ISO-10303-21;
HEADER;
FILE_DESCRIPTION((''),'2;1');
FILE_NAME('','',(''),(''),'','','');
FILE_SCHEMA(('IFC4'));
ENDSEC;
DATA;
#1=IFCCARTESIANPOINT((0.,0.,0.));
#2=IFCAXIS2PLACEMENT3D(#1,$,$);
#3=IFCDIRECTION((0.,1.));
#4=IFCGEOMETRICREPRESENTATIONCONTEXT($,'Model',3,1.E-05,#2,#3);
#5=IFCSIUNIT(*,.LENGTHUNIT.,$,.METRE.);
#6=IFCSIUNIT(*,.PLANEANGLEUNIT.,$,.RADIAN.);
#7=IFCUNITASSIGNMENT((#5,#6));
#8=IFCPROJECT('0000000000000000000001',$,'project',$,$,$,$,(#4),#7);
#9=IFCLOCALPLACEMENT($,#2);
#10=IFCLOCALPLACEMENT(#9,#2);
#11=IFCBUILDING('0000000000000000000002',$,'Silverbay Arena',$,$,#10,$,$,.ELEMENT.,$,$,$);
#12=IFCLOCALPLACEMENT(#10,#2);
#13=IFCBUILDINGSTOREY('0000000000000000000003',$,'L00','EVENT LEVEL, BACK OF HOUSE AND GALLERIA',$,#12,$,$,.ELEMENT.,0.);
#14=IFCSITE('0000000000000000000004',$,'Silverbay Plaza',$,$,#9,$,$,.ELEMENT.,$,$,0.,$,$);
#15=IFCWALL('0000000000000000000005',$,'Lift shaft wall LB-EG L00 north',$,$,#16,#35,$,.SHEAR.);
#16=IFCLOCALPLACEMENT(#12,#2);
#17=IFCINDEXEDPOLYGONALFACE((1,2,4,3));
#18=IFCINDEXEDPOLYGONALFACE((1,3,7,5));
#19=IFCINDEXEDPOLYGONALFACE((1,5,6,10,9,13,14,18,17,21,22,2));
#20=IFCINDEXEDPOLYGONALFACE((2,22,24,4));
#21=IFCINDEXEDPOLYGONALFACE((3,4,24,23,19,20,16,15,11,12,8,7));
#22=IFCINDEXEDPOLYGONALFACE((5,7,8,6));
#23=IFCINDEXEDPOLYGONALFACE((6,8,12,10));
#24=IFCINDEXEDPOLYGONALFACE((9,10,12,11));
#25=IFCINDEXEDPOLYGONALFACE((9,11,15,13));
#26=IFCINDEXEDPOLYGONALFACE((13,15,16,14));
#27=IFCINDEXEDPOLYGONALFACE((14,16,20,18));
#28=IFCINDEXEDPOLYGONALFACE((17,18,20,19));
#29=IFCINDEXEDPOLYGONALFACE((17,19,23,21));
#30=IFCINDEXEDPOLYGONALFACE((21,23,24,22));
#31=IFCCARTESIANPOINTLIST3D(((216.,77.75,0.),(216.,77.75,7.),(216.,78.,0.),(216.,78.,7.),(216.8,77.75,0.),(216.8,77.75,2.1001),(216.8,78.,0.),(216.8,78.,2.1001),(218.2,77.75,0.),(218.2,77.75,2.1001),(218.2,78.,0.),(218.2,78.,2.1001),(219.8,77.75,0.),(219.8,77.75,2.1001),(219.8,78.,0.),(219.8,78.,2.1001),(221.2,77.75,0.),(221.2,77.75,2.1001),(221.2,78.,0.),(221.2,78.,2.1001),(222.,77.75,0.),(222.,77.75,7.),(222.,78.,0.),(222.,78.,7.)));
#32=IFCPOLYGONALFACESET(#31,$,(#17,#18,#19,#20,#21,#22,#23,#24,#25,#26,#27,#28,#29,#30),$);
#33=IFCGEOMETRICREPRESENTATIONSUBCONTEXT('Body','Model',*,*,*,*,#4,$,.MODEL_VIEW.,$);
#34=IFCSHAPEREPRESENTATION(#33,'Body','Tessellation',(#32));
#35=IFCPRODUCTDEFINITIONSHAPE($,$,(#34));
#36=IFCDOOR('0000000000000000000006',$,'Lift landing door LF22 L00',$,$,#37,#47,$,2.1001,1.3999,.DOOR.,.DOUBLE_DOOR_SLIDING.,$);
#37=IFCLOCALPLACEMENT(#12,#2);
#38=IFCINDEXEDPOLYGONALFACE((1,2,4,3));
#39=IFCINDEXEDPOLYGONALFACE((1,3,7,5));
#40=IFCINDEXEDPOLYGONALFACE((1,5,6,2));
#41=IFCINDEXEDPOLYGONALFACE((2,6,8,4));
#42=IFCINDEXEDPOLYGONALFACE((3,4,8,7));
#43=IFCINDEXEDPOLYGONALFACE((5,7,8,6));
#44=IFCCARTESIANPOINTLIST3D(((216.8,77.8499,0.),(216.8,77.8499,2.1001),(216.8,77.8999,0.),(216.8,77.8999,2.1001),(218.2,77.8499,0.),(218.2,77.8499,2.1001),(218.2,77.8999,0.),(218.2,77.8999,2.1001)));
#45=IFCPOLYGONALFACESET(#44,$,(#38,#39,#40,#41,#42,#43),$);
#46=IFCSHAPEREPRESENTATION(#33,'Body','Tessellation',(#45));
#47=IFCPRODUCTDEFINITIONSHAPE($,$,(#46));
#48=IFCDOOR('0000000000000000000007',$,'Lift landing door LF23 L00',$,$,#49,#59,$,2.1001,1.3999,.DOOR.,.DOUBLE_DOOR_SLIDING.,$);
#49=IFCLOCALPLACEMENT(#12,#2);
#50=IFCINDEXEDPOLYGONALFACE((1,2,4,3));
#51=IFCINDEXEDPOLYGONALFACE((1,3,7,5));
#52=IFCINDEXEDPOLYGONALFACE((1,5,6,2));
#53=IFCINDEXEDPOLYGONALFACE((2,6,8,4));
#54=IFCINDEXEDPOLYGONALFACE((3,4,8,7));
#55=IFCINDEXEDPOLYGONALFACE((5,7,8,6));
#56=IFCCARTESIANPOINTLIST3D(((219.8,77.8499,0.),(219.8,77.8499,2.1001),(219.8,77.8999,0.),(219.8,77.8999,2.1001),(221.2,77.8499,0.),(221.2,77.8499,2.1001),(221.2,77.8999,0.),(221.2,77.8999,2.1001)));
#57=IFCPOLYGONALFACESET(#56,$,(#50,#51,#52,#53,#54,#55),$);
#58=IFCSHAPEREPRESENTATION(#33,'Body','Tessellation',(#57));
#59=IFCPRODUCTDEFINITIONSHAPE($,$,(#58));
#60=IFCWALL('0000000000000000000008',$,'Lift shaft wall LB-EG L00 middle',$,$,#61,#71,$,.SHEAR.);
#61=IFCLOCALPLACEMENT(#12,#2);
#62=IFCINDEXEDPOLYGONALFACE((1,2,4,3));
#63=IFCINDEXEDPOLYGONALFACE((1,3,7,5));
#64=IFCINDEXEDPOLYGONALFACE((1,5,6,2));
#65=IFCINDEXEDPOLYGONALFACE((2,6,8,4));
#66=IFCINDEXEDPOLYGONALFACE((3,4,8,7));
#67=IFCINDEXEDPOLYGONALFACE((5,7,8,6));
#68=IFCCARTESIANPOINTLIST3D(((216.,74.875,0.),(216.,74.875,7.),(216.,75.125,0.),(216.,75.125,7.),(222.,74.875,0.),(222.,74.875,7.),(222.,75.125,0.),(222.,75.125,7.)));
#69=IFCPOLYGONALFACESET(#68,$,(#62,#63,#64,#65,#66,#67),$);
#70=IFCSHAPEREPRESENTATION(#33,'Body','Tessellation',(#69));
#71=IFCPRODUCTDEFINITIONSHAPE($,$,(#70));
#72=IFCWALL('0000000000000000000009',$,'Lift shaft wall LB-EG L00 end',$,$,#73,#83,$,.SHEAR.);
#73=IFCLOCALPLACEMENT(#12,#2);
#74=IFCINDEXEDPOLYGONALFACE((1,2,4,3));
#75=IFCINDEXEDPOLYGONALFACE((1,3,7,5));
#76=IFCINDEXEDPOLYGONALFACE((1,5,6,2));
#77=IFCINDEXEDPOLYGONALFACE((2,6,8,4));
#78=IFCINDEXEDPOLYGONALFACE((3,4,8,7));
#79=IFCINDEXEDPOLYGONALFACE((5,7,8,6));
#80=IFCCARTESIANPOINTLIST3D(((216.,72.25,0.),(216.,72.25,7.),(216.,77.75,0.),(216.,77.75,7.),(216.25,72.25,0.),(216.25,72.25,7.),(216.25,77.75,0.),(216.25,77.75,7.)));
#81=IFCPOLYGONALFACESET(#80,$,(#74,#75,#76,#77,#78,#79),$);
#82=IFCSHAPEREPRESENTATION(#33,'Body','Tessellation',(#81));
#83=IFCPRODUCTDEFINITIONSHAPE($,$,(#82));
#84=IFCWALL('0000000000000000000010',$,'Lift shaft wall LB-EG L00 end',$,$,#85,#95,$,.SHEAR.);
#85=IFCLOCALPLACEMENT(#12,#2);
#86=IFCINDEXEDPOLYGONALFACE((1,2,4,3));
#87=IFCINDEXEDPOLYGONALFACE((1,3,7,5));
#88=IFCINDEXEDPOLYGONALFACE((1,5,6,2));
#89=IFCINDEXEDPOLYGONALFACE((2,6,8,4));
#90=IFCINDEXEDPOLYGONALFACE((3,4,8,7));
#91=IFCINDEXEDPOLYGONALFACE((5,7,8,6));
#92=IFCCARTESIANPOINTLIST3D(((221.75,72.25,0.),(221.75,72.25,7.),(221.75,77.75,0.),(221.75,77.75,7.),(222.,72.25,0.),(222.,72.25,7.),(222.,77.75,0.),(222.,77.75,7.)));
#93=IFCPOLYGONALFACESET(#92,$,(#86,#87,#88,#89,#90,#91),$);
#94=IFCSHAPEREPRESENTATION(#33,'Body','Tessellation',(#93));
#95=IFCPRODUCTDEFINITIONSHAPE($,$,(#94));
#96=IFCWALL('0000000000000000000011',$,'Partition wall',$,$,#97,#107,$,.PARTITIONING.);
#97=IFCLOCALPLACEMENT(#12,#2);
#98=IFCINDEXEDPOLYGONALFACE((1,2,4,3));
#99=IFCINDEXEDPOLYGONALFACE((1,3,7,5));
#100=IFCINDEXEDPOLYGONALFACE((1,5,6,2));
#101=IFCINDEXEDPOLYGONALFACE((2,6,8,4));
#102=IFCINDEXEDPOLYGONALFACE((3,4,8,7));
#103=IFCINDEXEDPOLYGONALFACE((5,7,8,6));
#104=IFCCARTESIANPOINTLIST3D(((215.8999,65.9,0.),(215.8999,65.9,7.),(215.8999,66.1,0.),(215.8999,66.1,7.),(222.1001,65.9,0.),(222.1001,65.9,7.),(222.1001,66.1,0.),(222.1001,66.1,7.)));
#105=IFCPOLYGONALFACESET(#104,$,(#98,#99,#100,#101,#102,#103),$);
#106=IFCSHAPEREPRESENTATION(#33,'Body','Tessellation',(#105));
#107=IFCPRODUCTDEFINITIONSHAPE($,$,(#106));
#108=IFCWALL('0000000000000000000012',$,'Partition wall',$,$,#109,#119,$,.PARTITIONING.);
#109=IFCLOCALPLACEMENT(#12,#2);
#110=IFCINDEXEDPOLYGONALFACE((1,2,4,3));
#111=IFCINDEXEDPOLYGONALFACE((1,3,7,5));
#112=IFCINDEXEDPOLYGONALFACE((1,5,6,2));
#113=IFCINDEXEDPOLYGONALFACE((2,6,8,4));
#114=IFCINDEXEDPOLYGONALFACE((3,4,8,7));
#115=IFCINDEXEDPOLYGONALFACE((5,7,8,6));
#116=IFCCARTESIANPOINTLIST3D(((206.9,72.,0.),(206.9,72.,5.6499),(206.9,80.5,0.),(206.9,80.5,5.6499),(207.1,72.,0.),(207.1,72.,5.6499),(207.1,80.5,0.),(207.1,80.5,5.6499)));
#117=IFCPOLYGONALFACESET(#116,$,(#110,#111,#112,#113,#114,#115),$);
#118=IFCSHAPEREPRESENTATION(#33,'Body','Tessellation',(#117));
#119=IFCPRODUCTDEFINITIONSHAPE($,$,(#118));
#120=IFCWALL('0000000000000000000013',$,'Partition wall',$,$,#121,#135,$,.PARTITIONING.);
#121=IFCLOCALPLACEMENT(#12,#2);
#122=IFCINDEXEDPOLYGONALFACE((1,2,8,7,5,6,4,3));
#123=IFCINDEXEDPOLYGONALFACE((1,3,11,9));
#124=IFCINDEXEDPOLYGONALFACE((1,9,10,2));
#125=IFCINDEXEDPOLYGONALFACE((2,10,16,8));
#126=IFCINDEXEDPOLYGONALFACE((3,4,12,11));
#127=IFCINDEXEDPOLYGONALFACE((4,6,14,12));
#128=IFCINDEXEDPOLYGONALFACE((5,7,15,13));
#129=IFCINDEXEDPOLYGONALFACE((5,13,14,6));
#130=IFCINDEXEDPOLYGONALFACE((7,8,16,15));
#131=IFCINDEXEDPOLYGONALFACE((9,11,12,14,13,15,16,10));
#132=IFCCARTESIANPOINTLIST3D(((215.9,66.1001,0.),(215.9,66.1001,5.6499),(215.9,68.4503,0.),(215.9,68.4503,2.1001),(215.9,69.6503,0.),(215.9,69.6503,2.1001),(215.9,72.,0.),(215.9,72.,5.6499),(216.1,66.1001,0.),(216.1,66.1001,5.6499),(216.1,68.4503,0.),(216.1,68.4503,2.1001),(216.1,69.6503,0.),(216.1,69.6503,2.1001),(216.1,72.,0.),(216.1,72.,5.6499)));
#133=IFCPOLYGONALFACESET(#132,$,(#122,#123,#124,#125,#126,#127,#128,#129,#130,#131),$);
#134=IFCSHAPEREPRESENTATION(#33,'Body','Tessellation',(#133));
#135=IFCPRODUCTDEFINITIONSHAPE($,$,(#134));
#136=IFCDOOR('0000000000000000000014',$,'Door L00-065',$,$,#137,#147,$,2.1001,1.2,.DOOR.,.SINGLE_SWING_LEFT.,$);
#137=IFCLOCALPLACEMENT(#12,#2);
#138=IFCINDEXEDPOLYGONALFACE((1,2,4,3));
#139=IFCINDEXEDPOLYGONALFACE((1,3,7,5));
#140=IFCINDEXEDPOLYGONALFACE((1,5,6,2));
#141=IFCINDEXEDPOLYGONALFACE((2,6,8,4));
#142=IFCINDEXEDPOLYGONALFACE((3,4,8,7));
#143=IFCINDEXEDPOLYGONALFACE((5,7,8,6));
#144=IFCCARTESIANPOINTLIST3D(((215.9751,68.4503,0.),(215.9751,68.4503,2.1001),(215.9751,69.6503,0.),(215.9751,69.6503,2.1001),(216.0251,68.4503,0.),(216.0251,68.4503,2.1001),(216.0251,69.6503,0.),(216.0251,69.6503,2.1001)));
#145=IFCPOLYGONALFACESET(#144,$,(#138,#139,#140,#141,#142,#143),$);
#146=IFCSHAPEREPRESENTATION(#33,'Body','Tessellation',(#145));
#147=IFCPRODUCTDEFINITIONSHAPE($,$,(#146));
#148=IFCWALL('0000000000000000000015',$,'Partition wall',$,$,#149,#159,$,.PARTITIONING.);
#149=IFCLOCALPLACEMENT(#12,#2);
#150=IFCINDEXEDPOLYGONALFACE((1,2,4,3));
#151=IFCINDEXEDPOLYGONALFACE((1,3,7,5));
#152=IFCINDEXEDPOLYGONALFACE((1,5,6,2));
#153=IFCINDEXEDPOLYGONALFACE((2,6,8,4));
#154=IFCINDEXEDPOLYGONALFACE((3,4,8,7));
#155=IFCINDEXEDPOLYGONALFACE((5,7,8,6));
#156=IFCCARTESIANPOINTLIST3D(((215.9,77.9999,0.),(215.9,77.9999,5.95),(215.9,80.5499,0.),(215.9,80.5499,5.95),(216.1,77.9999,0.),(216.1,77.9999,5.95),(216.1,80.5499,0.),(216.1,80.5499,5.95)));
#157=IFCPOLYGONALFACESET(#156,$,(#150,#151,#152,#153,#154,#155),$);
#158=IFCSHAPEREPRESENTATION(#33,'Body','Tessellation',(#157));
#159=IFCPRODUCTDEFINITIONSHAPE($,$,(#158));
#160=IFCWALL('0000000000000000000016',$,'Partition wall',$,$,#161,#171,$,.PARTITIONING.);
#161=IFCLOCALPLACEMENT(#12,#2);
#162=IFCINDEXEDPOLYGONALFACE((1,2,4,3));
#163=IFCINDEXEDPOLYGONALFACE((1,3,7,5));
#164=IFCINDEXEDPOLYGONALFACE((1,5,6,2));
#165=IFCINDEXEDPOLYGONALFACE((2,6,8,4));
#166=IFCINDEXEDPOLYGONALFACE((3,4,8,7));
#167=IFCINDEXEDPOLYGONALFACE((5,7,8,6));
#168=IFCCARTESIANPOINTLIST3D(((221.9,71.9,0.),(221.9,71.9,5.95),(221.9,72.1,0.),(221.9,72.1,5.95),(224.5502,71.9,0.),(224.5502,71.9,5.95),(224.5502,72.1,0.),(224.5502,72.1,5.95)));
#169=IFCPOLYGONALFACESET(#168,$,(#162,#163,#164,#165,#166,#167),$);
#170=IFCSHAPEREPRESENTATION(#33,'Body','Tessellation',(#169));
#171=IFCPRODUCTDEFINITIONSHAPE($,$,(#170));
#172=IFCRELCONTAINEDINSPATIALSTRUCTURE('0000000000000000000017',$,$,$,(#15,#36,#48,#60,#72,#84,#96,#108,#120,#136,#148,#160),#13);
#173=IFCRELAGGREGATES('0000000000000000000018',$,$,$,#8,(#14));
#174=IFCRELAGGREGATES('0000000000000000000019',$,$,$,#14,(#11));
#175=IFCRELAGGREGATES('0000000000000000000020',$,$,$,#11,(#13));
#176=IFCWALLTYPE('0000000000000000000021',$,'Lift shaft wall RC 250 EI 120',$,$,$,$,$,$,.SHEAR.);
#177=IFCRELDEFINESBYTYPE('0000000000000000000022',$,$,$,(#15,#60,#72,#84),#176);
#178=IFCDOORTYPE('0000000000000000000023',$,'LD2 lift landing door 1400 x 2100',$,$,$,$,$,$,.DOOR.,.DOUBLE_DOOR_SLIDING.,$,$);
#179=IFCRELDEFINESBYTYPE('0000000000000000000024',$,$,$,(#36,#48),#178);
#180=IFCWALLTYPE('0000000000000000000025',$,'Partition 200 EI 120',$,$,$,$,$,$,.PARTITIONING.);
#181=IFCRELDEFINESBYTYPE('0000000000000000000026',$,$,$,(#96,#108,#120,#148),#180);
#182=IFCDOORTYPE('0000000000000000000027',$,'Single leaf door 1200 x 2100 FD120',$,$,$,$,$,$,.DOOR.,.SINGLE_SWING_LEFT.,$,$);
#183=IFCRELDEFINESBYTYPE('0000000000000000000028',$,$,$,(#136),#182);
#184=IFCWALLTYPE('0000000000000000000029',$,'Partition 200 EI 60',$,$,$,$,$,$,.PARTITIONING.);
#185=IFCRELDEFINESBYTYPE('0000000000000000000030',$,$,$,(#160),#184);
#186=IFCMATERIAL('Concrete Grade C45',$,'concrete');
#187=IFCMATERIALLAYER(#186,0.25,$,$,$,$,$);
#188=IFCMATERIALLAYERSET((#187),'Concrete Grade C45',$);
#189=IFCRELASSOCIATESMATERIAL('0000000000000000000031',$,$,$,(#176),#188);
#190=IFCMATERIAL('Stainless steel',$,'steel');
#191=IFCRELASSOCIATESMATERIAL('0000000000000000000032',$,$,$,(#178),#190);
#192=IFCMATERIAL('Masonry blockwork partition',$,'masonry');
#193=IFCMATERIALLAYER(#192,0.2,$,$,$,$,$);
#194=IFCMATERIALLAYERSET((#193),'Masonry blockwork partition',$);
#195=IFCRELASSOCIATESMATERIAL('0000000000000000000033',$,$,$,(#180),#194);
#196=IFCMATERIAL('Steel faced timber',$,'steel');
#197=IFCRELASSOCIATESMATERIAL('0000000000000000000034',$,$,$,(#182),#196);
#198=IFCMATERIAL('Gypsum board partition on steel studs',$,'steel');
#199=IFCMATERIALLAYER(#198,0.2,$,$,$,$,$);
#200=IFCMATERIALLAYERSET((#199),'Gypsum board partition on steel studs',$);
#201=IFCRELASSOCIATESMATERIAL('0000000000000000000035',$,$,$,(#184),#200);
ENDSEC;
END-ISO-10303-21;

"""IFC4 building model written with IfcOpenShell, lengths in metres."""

from ifc_helpers import new_model, si_unit, direction, frame, frame_2d, origin, place, context, subcontext, project, spatial, rectangle, extrude, material, layer, layer_set, type_object, element, fill, save


model = new_model("IFC4")

# Units and contexts
model_context = context("Model", 3, precision=1e-05, world=origin(), true_north=direction((0.0, 1.0)))
body_context = subcontext(model_context, "Body", "Model", "MODEL_VIEW")
ifc_project = project(units=[si_unit("LENGTHUNIT", "METRE"), si_unit("PLANEANGLEUNIT", "RADIAN")], contexts=[model_context])

# Site, building, storey
site_placement = place(None, origin())
site = spatial("IfcSite", under=ifc_project, at=site_placement, Name="Silverbay Plaza", CompositionType="ELEMENT", RefElevation=0.0)
building_placement = place(site_placement, origin())
building = spatial("IfcBuilding", under=site, at=building_placement, Name="Silverbay Arena", CompositionType="ELEMENT")
storey_placement = place(building_placement, origin())
storey = spatial("IfcBuildingStorey", under=building, at=storey_placement, Name="L00", Description="EVENT LEVEL, BACK OF HOUSE AND GALLERIA", CompositionType="ELEMENT", Elevation=0.0)

# Wall, openings, doors
ifc_material_1 = material(Name="Concrete Grade C45", Category="concrete")
ifc_layer_1 = layer(ifc_material_1, 0.25)
ifc_layer_set_1 = layer_set([ifc_layer_1], Name="Concrete Grade C45")
wall_type_1 = type_object("IfcWallType", Name="Lift shaft wall RC 250 EI 120", PredefinedType="SHEAR", material=ifc_layer_set_1)
wall_1_placement = place(storey_placement, frame((216.0, 77.875, 0.0), z_axis=(0.0, 0.0, 1.0), x_axis=(1.0, 0.0, 0.0)))
wall_1 = element("IfcWall", 1, at=wall_1_placement, inside=storey, type_object=wall_type_1, Name="Lift shaft wall LB-EG L00 north", PredefinedType="SHEAR", context=body_context, shape_type="SweptSolid", body=[
    extrude(rectangle(XDim=6.0, YDim=0.25, at=frame_2d((3.0, 0.0))), origin(), (0.0, 0.0, 1.0), 7.0),
])
opening_1_placement = place(wall_1_placement, frame((0.8, 0.0, 0.0)))
opening_1 = element("IfcOpeningElement", 2, at=opening_1_placement, cuts=wall_1, PredefinedType="OPENING", context=body_context, shape_type="SweptSolid", body=[
    extrude(rectangle(XDim=1.3999, YDim=2.1001, at=frame_2d((0.7, 1.05))), frame((0.0, 0.135, 0.0), z_axis=(0.0, -1.0, 0.0), x_axis=(1.0, 0.0, 0.0)), (0.0, 0.0, 1.0), 0.27),
])
opening_2_placement = place(wall_1_placement, frame((3.8, 0.0, 0.0)))
opening_2 = element("IfcOpeningElement", 3, at=opening_2_placement, cuts=wall_1, PredefinedType="OPENING", context=body_context, shape_type="SweptSolid", body=[
    extrude(rectangle(XDim=1.3999, YDim=2.1001, at=frame_2d((0.7, 1.05))), frame((0.0, 0.135, 0.0), z_axis=(0.0, -1.0, 0.0), x_axis=(1.0, 0.0, 0.0)), (0.0, 0.0, 1.0), 0.27),
])
ifc_material_2 = material(Name="Stainless steel", Category="steel")
door_type_1 = type_object("IfcDoorType", Name="LD2 lift landing door 1400 x 2100", OperationType="DOUBLE_DOOR_SLIDING", PredefinedType="DOOR", material=ifc_material_2)
door_1_placement = place(opening_1_placement, origin())
door_1 = element("IfcDoor", 4, at=door_1_placement, inside=storey, type_object=door_type_1, Name="Lift landing door LF22 L00", OperationType="DOUBLE_DOOR_SLIDING", OverallHeight=2.1001, OverallWidth=1.3999, PredefinedType="DOOR", context=body_context, shape_type="SweptSolid", body=[
    extrude(rectangle(XDim=1.3999, YDim=2.1001, at=frame_2d((0.7, 1.05))), frame((0.0, 0.0249, 0.0), z_axis=(0.0, -1.0, 0.0), x_axis=(1.0, 0.0, 0.0)), (0.0, 0.0, 1.0), 0.05),
])
fill(opening_1, door_1)
door_2_placement = place(opening_2_placement, origin())
door_2 = element("IfcDoor", 5, at=door_2_placement, inside=storey, type_object=door_type_1, Name="Lift landing door LF23 L00", OperationType="DOUBLE_DOOR_SLIDING", OverallHeight=2.1001, OverallWidth=1.3999, PredefinedType="DOOR", context=body_context, shape_type="SweptSolid", body=[
    extrude(rectangle(XDim=1.3999, YDim=2.1001, at=frame_2d((0.7, 1.05))), frame((0.0, 0.0249, 0.0), z_axis=(0.0, -1.0, 0.0), x_axis=(1.0, 0.0, 0.0)), (0.0, 0.0, 1.0), 0.05),
])
fill(opening_2, door_2)

# Walls
wall_2_placement = place(storey_placement, frame((216.0, 75.0, 0.0), z_axis=(0.0, 0.0, 1.0), x_axis=(1.0, 0.0, 0.0)))
element("IfcWall", 6, at=wall_2_placement, inside=storey, type_object=wall_type_1, Name="Lift shaft wall LB-EG L00 middle", PredefinedType="SHEAR", context=body_context, shape_type="SweptSolid", body=[
    extrude(rectangle(XDim=6.0, YDim=0.25, at=frame_2d((3.0, 0.0))), origin(), (0.0, 0.0, 1.0), 7.0),
])
for number, where, z_axis, x_axis, name in (
    (7, (216.125, 72.25, 0.0), (0.0, 0.0, 1.0), (0.0, 1.0, 0.0), "Lift shaft wall LB-EG L00 end"),
    (8, (221.875, 72.25, 0.0), (0.0, 0.0, 1.0), (0.0, 1.0, 0.0), "Lift shaft wall LB-EG L00 end"),
):
    element("IfcWall", number, at=place(storey_placement, frame(where, z_axis=z_axis, x_axis=x_axis)), inside=storey, type_object=wall_type_1, Name=name, PredefinedType="SHEAR", context=body_context, shape_type="SweptSolid", body=[
        extrude(rectangle(XDim=5.5, YDim=0.25, at=frame_2d((2.75, 0.0))), origin(), (0.0, 0.0, 1.0), 7.0),
    ])
ifc_material_3 = material(Name="Masonry blockwork partition", Category="masonry")
ifc_layer_2 = layer(ifc_material_3, 0.2)
ifc_layer_set_2 = layer_set([ifc_layer_2], Name="Masonry blockwork partition")
wall_type_2 = type_object("IfcWallType", Name="Partition 200 EI 120", PredefinedType="PARTITIONING", material=ifc_layer_set_2)
wall_3_placement = place(storey_placement, frame((215.8999, 66.0, 0.0), z_axis=(0.0, 0.0, 1.0), x_axis=(1.0, 0.0, 0.0)))
element("IfcWall", 9, at=wall_3_placement, inside=storey, type_object=wall_type_2, Name="Partition wall", PredefinedType="PARTITIONING", context=body_context, shape_type="SweptSolid", body=[
    extrude(rectangle(XDim=6.2002, YDim=0.2, at=frame_2d((3.1001, 0.0))), origin(), (0.0, 0.0, 1.0), 7.0),
])
wall_4_placement = place(storey_placement, frame((207.0, 72.0, 0.0), z_axis=(0.0, 0.0, 1.0), x_axis=(0.0, 1.0, 0.0)))
element("IfcWall", 10, at=wall_4_placement, inside=storey, type_object=wall_type_2, Name="Partition wall", PredefinedType="PARTITIONING", context=body_context, shape_type="SweptSolid", body=[
    extrude(rectangle(XDim=8.5, YDim=0.2, at=frame_2d((4.25, 0.0))), origin(), (0.0, 0.0, 1.0), 5.6499),
])

# Wall, opening, door
wall_5_placement = place(storey_placement, frame((216.0, 66.1001, 0.0), z_axis=(0.0, 0.0, 1.0), x_axis=(0.0, 1.0, 0.0)))
wall_5 = element("IfcWall", 11, at=wall_5_placement, inside=storey, type_object=wall_type_2, Name="Partition wall", PredefinedType="PARTITIONING", context=body_context, shape_type="SweptSolid", body=[
    extrude(rectangle(XDim=5.8999, YDim=0.2, at=frame_2d((2.95, 0.0))), origin(), (0.0, 0.0, 1.0), 5.6499),
])
opening_3_placement = place(wall_5_placement, frame((2.3501, 0.0, 0.0)))
opening_3 = element("IfcOpeningElement", 12, at=opening_3_placement, cuts=wall_5, PredefinedType="OPENING", context=body_context, shape_type="SweptSolid", body=[
    extrude(rectangle(XDim=1.2, YDim=2.1001, at=frame_2d((0.6001, 1.05))), frame((0.0, 0.1099, 0.0), z_axis=(0.0, -1.0, 0.0), x_axis=(1.0, 0.0, 0.0)), (0.0, 0.0, 1.0), 0.22),
])
ifc_material_4 = material(Name="Steel faced timber", Category="steel")
door_type_2 = type_object("IfcDoorType", Name="Single leaf door 1200 x 2100 FD120", OperationType="SINGLE_SWING_LEFT", PredefinedType="DOOR", material=ifc_material_4)
door_3_placement = place(opening_3_placement, origin())
door_3 = element("IfcDoor", 13, at=door_3_placement, inside=storey, type_object=door_type_2, Name="Door L00-065", OperationType="SINGLE_SWING_LEFT", OverallHeight=2.1001, OverallWidth=1.2, PredefinedType="DOOR", context=body_context, shape_type="SweptSolid", body=[
    extrude(rectangle(XDim=1.2, YDim=2.1001, at=frame_2d((0.6001, 1.05))), frame((0.0, 0.0249, 0.0), z_axis=(0.0, -1.0, 0.0), x_axis=(1.0, 0.0, 0.0)), (0.0, 0.0, 1.0), 0.05),
])
fill(opening_3, door_3)

# Walls
wall_6_placement = place(storey_placement, frame((216.0, 78.0, 0.0), z_axis=(0.0, 0.0, 1.0), x_axis=(0.0, 1.0, 0.0)))
element("IfcWall", 14, at=wall_6_placement, inside=storey, type_object=wall_type_2, Name="Partition wall", PredefinedType="PARTITIONING", context=body_context, shape_type="SweptSolid", body=[
    extrude(rectangle(XDim=2.55, YDim=0.2, at=frame_2d((1.2749, 0.0))), origin(), (0.0, 0.0, 1.0), 5.95),
])
ifc_material_5 = material(Name="Gypsum board partition on steel studs", Category="steel")
ifc_layer_3 = layer(ifc_material_5, 0.2)
ifc_layer_set_3 = layer_set([ifc_layer_3], Name="Gypsum board partition on steel studs")
wall_type_3 = type_object("IfcWallType", Name="Partition 200 EI 60", PredefinedType="PARTITIONING", material=ifc_layer_set_3)
wall_7_placement = place(storey_placement, frame((221.8999, 72.0, 0.0), z_axis=(0.0, 0.0, 1.0), x_axis=(1.0, 0.0, 0.0)))
element("IfcWall", 15, at=wall_7_placement, inside=storey, type_object=wall_type_3, Name="Partition wall", PredefinedType="PARTITIONING", context=body_context, shape_type="SweptSolid", body=[
    extrude(rectangle(XDim=2.6501, YDim=0.2, at=frame_2d((1.3252, 0.0))), origin(), (0.0, 0.0, 1.0), 5.95),
])

save(model, "model.ifc")
